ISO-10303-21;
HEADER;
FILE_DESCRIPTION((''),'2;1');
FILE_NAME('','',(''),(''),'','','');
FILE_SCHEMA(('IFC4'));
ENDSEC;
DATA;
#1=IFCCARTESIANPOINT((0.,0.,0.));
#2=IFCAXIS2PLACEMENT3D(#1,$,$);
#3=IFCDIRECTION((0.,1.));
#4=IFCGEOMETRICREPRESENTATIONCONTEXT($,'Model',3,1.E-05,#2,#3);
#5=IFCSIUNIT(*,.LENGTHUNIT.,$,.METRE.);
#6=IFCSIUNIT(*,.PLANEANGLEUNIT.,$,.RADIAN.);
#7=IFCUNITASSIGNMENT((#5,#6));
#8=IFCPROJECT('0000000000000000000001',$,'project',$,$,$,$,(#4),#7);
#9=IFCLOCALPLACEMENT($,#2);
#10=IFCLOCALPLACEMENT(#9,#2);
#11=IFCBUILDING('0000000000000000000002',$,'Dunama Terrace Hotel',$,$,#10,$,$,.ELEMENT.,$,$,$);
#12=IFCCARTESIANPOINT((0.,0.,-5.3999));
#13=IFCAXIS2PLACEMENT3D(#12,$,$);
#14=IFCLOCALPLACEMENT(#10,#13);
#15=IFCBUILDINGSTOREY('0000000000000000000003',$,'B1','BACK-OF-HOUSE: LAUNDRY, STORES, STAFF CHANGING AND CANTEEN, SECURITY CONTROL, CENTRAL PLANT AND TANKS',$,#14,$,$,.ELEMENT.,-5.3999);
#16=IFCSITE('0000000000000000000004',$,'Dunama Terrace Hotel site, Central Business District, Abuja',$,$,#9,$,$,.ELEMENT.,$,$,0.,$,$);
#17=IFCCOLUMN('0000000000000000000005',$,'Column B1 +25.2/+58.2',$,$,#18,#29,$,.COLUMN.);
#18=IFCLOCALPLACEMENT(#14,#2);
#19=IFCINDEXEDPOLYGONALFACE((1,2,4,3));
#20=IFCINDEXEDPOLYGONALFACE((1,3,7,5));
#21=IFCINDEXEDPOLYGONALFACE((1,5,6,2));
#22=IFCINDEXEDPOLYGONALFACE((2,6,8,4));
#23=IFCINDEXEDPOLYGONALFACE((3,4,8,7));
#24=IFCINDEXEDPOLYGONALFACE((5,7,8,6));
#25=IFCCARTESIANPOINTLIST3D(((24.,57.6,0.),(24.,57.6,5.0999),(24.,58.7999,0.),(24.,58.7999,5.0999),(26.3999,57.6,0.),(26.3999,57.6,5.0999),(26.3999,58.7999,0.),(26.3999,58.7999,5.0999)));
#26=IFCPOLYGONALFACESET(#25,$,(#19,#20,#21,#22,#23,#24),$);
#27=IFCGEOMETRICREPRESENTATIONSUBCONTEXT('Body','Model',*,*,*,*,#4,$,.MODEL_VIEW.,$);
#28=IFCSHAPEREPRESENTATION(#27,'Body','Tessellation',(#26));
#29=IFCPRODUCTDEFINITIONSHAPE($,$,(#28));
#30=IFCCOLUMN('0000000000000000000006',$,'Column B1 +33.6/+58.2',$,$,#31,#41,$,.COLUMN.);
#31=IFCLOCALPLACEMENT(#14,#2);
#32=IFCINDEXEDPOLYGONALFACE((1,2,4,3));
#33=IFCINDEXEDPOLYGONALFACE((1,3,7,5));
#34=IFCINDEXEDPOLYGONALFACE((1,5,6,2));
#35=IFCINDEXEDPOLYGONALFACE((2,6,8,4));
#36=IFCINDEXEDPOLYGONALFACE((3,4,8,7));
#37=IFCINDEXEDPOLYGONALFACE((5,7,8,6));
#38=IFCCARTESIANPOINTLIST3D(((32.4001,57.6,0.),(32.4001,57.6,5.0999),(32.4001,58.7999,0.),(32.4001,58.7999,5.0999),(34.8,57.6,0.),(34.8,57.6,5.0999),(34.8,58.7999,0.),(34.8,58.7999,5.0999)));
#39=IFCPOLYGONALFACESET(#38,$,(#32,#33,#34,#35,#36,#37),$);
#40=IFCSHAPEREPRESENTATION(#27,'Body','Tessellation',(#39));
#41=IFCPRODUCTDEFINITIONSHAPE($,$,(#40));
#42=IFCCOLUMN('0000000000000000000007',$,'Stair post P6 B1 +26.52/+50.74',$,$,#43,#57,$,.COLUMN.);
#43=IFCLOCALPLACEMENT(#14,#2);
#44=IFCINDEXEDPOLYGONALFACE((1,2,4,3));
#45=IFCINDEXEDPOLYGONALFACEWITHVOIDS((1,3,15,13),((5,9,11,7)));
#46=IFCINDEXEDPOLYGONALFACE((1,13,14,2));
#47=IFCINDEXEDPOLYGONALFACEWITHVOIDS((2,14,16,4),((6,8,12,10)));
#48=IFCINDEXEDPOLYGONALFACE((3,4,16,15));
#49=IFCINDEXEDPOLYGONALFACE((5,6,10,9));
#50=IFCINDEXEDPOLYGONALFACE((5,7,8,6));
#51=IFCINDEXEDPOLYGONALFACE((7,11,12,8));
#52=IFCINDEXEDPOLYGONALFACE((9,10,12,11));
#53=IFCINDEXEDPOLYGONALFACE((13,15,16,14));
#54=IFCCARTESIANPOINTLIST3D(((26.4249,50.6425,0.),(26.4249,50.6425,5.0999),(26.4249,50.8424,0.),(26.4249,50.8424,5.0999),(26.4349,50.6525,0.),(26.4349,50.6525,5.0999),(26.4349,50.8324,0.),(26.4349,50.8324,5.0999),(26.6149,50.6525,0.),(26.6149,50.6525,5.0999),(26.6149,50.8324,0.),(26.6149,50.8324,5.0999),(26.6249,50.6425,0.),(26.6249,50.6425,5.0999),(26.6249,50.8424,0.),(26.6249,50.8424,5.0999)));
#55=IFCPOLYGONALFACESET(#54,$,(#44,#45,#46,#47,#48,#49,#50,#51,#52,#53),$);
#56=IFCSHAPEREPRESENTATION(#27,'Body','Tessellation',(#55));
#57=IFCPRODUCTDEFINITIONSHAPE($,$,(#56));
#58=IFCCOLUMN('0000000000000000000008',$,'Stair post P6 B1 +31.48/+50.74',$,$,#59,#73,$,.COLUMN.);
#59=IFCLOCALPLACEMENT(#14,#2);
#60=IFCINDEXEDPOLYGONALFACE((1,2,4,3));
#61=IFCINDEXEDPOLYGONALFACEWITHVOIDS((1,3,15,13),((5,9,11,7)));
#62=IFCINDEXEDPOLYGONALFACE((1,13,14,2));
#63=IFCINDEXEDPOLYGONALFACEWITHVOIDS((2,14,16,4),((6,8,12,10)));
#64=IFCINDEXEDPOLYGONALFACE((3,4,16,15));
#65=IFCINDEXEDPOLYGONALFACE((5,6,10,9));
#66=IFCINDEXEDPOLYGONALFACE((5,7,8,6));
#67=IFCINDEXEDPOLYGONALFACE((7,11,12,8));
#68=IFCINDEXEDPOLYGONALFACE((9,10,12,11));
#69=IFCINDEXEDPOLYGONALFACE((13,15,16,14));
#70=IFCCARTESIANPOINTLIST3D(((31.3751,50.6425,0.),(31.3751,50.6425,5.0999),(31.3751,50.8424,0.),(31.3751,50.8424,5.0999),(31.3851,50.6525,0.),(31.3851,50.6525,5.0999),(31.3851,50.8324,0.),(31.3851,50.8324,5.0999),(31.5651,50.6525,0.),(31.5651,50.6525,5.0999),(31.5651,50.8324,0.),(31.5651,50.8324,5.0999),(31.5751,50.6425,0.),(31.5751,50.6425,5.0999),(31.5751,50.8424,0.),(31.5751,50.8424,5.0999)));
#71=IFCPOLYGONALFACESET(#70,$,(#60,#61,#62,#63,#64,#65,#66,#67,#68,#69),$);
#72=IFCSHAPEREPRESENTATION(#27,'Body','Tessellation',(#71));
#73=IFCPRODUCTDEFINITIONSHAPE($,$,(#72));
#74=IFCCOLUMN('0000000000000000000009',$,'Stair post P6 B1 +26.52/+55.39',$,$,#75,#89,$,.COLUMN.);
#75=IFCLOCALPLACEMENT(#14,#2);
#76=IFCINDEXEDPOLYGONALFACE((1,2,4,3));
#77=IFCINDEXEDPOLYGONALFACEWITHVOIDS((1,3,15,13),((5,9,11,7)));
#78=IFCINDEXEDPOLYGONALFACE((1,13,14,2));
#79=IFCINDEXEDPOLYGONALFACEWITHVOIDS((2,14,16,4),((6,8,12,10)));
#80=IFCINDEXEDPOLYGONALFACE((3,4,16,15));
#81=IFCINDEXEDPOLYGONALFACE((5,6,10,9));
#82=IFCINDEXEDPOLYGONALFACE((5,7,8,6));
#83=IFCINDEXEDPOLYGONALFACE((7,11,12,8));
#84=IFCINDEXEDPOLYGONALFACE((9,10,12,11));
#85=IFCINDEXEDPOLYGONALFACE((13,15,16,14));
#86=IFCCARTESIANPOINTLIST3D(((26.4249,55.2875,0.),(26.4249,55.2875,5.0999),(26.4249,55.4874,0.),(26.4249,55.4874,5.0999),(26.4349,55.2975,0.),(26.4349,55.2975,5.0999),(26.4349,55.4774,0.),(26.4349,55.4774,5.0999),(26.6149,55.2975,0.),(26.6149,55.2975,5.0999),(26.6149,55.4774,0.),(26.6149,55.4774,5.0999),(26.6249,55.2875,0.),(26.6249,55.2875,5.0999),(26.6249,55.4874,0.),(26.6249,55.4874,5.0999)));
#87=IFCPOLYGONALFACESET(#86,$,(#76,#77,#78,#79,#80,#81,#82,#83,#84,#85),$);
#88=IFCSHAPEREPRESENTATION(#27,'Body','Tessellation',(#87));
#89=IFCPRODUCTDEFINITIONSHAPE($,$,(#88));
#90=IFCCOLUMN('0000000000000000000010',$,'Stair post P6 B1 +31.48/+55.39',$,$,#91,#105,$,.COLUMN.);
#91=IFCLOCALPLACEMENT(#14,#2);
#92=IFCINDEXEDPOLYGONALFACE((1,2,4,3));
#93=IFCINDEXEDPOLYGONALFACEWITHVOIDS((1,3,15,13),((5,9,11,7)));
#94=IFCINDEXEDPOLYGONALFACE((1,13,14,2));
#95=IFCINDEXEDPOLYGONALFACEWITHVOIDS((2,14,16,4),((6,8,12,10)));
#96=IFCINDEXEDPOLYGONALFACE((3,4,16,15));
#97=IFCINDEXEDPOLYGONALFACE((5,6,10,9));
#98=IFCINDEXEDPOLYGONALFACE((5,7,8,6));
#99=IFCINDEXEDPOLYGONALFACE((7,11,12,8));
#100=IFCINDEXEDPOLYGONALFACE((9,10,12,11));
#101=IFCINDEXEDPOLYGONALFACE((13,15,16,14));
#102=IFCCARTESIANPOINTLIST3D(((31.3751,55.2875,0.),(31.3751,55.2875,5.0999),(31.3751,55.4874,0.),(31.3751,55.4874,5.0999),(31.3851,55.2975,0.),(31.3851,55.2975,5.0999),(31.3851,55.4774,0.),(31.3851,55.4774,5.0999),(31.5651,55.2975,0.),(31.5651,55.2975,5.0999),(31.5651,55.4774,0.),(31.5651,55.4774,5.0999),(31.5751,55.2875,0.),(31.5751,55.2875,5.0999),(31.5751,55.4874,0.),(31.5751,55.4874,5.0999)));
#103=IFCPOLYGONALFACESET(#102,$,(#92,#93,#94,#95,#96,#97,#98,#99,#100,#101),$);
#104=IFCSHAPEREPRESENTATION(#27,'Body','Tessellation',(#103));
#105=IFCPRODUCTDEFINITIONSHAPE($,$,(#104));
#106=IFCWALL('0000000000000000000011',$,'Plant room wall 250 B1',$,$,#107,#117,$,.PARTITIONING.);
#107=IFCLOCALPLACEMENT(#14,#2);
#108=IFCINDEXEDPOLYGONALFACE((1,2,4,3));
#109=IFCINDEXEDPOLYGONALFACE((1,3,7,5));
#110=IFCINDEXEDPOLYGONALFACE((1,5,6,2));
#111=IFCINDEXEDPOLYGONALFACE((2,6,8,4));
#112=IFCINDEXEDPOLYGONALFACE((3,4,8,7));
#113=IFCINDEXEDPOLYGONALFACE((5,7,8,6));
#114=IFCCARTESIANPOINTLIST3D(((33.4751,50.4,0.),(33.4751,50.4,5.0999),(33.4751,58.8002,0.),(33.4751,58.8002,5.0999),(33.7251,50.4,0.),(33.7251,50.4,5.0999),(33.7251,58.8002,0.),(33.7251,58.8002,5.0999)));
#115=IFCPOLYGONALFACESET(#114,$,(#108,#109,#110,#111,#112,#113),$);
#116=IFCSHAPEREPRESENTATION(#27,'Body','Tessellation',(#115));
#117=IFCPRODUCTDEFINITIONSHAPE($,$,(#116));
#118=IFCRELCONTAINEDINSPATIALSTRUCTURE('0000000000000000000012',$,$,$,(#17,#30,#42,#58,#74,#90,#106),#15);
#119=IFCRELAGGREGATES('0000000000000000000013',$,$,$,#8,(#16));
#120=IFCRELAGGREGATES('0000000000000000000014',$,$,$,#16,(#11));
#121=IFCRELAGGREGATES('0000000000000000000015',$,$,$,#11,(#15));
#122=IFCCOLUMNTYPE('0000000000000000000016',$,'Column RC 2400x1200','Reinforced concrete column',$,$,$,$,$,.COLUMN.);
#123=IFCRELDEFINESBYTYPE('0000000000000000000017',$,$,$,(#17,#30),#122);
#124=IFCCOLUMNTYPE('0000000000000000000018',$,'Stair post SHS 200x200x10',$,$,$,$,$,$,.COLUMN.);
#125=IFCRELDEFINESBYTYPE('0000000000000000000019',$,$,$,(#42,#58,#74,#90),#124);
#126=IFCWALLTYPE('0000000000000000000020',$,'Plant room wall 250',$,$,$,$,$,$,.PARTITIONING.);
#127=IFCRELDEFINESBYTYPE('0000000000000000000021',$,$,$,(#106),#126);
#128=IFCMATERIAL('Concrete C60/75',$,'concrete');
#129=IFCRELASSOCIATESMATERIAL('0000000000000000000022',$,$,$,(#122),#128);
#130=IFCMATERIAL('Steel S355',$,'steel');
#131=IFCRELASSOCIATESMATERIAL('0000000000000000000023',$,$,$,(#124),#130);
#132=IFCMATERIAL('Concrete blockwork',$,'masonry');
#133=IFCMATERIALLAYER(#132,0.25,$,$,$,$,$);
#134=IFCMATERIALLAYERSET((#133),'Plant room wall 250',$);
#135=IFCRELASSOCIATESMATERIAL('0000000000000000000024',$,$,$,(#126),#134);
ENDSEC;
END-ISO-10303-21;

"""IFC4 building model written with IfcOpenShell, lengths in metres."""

from ifc_helpers import new_model, si_unit, direction, frame, frame_2d, origin, origin_2d, place, context, subcontext, project, spatial, rectangle, hollow_rectangle, extrude, material, layer, layer_set, material_profile, profile_set, type_object, element, save


model = new_model("IFC4")

# Units and contexts
model_context = context("Model", 3, precision=1e-05, world=origin(), true_north=direction((0.0, 1.0)))
body_context = subcontext(model_context, "Body", "Model", "MODEL_VIEW")
ifc_project = project(units=[si_unit("LENGTHUNIT", "METRE"), si_unit("PLANEANGLEUNIT", "RADIAN")], contexts=[model_context])

# Site, building, storey
site_placement = place(None, origin())
site = spatial("IfcSite", under=ifc_project, at=site_placement, Name="Dunama Terrace Hotel site, Central Business District, Abuja", CompositionType="ELEMENT", RefElevation=0.0)
building_placement = place(site_placement, origin())
building = spatial("IfcBuilding", under=site, at=building_placement, Name="Dunama Terrace Hotel", CompositionType="ELEMENT")
storey_placement = place(building_placement, frame((0.0, 0.0, -5.3999)))
storey = spatial("IfcBuildingStorey", under=building, at=storey_placement, Name="B1", Description="BACK-OF-HOUSE: LAUNDRY, STORES, STAFF CHANGING AND CANTEEN, SECURITY CONTROL, CENTRAL PLANT AND TANKS", CompositionType="ELEMENT", Elevation=-5.3999)

# Columns
ifc_material_1 = material(Name="Concrete C60/75", Category="concrete")
ifc_material_profile_1 = material_profile(ifc_material_1, rectangle(XDim=2.3999, YDim=1.2, at=origin_2d()), Name="RC 2400x1200")
ifc_profile_set_1 = profile_set([ifc_material_profile_1], Name="Concrete C60/75")
column_type_1 = type_object("IfcColumnType", Name="Column RC 2400x1200", Description="Reinforced concrete column", PredefinedType="COLUMN", material=ifc_profile_set_1)
for number, where, z_axis, x_axis, name in (
    (1, (25.2, 58.2, 0.0), (0.0, 0.0, 1.0), (1.0, 0.0, 0.0), "Column B1 +25.2/+58.2"),
    (2, (33.6001, 58.2, 0.0), (0.0, 0.0, 1.0), (1.0, 0.0, 0.0), "Column B1 +33.6/+58.2"),
):
    element("IfcColumn", number, at=place(storey_placement, frame(where, z_axis=z_axis, x_axis=x_axis)), inside=storey, type_object=column_type_1, Name=name, PredefinedType="COLUMN", context=body_context, shape_type="SweptSolid", body=[
        extrude(rectangle(XDim=2.3999, YDim=1.2, at=origin_2d()), origin(), (0.0, 0.0, 1.0), 5.0999),
    ])
ifc_material_2 = material(Name="Steel S355", Category="steel")
ifc_material_profile_2 = material_profile(ifc_material_2, hollow_rectangle(XDim=0.2, YDim=0.2, WallThickness=0.01, at=origin_2d()), Name="SHS 200x200x10")
ifc_profile_set_2 = profile_set([ifc_material_profile_2], Name="Steel S355")
column_type_2 = type_object("IfcColumnType", Name="Stair post SHS 200x200x10", PredefinedType="COLUMN", material=ifc_profile_set_2)
for number, where, z_axis, x_axis, name in (
    (3, (26.5249, 50.7424, 0.0), (0.0, 0.0, 1.0), (1.0, 0.0, 0.0), "Stair post P6 B1 +26.52/+50.74"),
    (4, (31.4751, 50.7424, 0.0), (0.0, 0.0, 1.0), (1.0, 0.0, 0.0), "Stair post P6 B1 +31.48/+50.74"),
    (5, (26.5249, 55.3875, 0.0), (0.0, 0.0, 1.0), (1.0, 0.0, 0.0), "Stair post P6 B1 +26.52/+55.39"),
    (6, (31.4751, 55.3875, 0.0), (0.0, 0.0, 1.0), (1.0, 0.0, 0.0), "Stair post P6 B1 +31.48/+55.39"),
):
    element("IfcColumn", number, at=place(storey_placement, frame(where, z_axis=z_axis, x_axis=x_axis)), inside=storey, type_object=column_type_2, Name=name, PredefinedType="COLUMN", context=body_context, shape_type="SweptSolid", body=[
        extrude(hollow_rectangle(XDim=0.2, YDim=0.2, WallThickness=0.01, at=origin_2d()), origin(), (0.0, 0.0, 1.0), 5.0999),
    ])

# Wall
ifc_material_3 = material(Name="Concrete blockwork", Category="masonry")
ifc_layer = layer(ifc_material_3, 0.25)
ifc_layer_set = layer_set([ifc_layer], Name="Plant room wall 250")
wall_type = type_object("IfcWallType", Name="Plant room wall 250", PredefinedType="PARTITIONING", material=ifc_layer_set)
wall_placement = place(storey_placement, frame((33.6001, 50.3999, 0.0), z_axis=(0.0, 0.0, 1.0), x_axis=(0.0, 1.0, 0.0)))
element("IfcWall", 7, at=wall_placement, inside=storey, type_object=wall_type, Name="Plant room wall 250 B1", PredefinedType="PARTITIONING", context=body_context, shape_type="SweptSolid", body=[
    extrude(rectangle(XDim=8.4001, YDim=0.25, at=frame_2d((4.2002, 0.0))), origin(), (0.0, 0.0, 1.0), 5.0999),
])

save(model, "model.ifc")
